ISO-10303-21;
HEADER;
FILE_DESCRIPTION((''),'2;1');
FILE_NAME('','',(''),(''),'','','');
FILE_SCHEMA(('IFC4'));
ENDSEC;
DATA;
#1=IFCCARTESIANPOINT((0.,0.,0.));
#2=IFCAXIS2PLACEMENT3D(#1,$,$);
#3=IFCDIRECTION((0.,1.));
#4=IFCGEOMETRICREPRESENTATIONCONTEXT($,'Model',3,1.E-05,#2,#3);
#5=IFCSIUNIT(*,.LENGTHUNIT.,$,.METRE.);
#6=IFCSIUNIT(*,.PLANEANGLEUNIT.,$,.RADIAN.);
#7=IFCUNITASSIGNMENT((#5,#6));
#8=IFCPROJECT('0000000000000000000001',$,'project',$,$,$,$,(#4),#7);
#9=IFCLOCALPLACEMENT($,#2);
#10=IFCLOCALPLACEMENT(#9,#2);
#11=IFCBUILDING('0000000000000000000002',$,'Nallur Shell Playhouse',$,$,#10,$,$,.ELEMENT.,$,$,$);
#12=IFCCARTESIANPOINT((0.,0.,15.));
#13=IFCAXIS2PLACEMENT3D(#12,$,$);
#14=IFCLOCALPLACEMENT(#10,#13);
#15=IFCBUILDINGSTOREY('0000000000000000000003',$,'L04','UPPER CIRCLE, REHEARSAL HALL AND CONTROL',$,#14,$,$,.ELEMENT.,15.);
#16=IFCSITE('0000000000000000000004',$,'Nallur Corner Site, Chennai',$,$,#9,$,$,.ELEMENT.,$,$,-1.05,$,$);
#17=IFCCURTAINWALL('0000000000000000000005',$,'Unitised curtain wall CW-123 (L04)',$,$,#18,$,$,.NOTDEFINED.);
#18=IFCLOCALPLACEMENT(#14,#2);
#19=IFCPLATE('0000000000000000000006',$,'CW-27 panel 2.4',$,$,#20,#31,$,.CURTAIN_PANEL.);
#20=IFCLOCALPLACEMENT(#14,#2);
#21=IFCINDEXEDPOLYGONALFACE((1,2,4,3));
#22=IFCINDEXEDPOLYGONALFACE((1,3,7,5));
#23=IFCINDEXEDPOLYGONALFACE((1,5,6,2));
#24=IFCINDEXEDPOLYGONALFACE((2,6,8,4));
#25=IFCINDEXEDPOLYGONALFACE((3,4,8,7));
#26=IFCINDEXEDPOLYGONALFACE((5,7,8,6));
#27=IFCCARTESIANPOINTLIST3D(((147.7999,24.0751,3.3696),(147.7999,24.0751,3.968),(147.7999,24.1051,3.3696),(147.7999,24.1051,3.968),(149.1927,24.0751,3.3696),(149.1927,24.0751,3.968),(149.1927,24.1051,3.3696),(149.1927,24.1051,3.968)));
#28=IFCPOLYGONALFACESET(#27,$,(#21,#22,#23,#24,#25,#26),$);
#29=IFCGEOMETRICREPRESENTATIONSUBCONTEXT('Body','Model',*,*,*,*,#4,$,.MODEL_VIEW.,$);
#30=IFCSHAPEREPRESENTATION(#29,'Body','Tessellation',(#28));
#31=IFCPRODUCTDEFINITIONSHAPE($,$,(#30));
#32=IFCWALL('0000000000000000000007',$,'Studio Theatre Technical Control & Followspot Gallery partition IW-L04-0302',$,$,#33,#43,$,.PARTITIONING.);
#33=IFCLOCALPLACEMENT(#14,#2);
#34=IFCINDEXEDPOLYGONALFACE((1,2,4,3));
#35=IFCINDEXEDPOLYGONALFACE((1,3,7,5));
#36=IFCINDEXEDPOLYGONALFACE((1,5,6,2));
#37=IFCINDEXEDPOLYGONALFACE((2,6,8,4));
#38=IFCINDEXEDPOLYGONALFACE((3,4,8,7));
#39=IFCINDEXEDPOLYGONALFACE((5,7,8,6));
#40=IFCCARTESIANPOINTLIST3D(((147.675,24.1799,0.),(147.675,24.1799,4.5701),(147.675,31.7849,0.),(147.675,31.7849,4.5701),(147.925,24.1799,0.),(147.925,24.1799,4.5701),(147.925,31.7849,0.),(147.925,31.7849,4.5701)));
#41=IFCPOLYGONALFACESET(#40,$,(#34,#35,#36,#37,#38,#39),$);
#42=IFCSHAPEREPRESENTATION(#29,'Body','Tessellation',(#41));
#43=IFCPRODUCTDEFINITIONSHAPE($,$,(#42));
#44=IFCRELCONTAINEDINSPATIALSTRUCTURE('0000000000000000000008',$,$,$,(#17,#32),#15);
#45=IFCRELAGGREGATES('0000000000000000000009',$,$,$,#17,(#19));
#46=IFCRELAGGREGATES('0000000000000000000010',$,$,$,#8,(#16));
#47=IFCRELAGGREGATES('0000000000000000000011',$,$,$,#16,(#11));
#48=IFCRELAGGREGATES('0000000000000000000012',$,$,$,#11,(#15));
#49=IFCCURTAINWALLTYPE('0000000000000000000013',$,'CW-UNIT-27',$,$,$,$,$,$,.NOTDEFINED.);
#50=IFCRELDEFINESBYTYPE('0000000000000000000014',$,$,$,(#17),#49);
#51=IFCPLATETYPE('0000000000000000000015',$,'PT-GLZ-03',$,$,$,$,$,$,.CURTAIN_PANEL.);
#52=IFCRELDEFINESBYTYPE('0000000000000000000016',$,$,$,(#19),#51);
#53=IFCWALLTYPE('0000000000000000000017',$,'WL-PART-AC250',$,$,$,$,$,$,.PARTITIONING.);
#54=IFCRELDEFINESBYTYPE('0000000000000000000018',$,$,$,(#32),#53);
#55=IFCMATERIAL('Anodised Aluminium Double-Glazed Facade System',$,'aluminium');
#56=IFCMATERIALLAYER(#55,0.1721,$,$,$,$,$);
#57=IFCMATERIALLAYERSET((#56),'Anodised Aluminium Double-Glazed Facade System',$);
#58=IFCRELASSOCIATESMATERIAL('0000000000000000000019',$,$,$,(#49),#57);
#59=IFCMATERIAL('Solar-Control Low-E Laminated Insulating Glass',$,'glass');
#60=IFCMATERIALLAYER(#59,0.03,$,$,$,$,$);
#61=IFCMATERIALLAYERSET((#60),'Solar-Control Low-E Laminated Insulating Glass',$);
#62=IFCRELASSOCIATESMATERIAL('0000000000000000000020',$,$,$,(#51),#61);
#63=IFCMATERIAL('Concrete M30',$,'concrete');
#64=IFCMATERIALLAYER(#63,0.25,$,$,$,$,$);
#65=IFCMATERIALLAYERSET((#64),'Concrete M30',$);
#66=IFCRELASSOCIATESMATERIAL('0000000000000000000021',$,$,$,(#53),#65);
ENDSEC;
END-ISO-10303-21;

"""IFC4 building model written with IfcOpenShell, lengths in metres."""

from ifc_helpers import new_model, si_unit, direction, frame, frame_2d, origin, origin_2d, place, context, subcontext, project, spatial, rectangle, extrude, material, layer, layer_set, type_object, element, aggregate, save


model = new_model("IFC4")

# Units and contexts
model_context = context("Model", 3, precision=1e-05, world=origin(), true_north=direction((0.0, 1.0)))
body_context = subcontext(model_context, "Body", "Model", "MODEL_VIEW")
ifc_project = project(units=[si_unit("LENGTHUNIT", "METRE"), si_unit("PLANEANGLEUNIT", "RADIAN")], contexts=[model_context])

# Site, building, storey
site_placement = place(None, origin())
site = spatial("IfcSite", under=ifc_project, at=site_placement, Name="Nallur Corner Site, Chennai", CompositionType="ELEMENT", RefElevation=-1.05)
building_placement = place(site_placement, origin())
building = spatial("IfcBuilding", under=site, at=building_placement, Name="Nallur Shell Playhouse", CompositionType="ELEMENT")
storey_placement = place(building_placement, frame((0.0, 0.0, 15.0)))
storey = spatial("IfcBuildingStorey", under=building, at=storey_placement, Name="L04", Description="UPPER CIRCLE, REHEARSAL HALL AND CONTROL", CompositionType="ELEMENT", Elevation=15.0)

# Curtain wall
ifc_material_1 = material(Name="Anodised Aluminium Double-Glazed Facade System", Category="aluminium")
ifc_layer_1 = layer(ifc_material_1, 0.1721)
ifc_layer_set_1 = layer_set([ifc_layer_1], Name="Anodised Aluminium Double-Glazed Facade System")
curtain_wall_type_1 = type_object("IfcCurtainWallType", Name="CW-UNIT-27", PredefinedType="NOTDEFINED", material=ifc_layer_set_1)
curtain_wall_1_placement = place(storey_placement, origin())
curtain_wall_1 = element("IfcCurtainWall", 1, at=curtain_wall_1_placement, inside=storey, type_object=curtain_wall_type_1, Name="Unitised curtain wall CW-123 (L04)", PredefinedType="NOTDEFINED")

# Plate
ifc_material_2 = material(Name="Solar-Control Low-E Laminated Insulating Glass", Category="glass")
ifc_layer_2 = layer(ifc_material_2, 0.03)
ifc_layer_set_2 = layer_set([ifc_layer_2], Name="Solar-Control Low-E Laminated Insulating Glass")
plate_type_1 = type_object("IfcPlateType", Name="PT-GLZ-03", PredefinedType="CURTAIN_PANEL", material=ifc_layer_set_2)
plate_1_placement = place(storey_placement, frame((148.4963, 24.0901, 3.3696), z_axis=(0.0, 0.0, 1.0), x_axis=(-1.0, 0.0, 0.0)))
plate_1 = element("IfcPlate", 2, at=plate_1_placement, type_object=plate_type_1, Name="CW-27 panel 2.4", PredefinedType="CURTAIN_PANEL", context=body_context, shape_type="SweptSolid", body=[
    extrude(rectangle(XDim=1.3928, YDim=0.03, at=origin_2d()), origin(), (0.0, 0.0, 1.0), 0.5984),
])
aggregate(curtain_wall_1, [plate_1])

# Wall
ifc_material_3 = material(Name="Concrete M30", Category="concrete")
ifc_layer_3 = layer(ifc_material_3, 0.25)
ifc_layer_set_3 = layer_set([ifc_layer_3], Name="Concrete M30")
wall_type = type_object("IfcWallType", Name="WL-PART-AC250", PredefinedType="PARTITIONING", material=ifc_layer_set_3)
wall_placement = place(storey_placement, frame((147.8, 24.1799, 0.0), z_axis=(0.0, 0.0, 1.0), x_axis=(0.0, 1.0, 0.0)))
element("IfcWall", 3, at=wall_placement, inside=storey, type_object=wall_type, Name="Studio Theatre Technical Control & Followspot Gallery partition IW-L04-0302", PredefinedType="PARTITIONING", context=body_context, shape_type="SweptSolid", body=[
    extrude(rectangle(XDim=7.605, YDim=0.25, at=frame_2d((3.8025, 0.0))), origin(), (0.0, 0.0, 1.0), 4.5701),
])

save(model, "model.ifc")
